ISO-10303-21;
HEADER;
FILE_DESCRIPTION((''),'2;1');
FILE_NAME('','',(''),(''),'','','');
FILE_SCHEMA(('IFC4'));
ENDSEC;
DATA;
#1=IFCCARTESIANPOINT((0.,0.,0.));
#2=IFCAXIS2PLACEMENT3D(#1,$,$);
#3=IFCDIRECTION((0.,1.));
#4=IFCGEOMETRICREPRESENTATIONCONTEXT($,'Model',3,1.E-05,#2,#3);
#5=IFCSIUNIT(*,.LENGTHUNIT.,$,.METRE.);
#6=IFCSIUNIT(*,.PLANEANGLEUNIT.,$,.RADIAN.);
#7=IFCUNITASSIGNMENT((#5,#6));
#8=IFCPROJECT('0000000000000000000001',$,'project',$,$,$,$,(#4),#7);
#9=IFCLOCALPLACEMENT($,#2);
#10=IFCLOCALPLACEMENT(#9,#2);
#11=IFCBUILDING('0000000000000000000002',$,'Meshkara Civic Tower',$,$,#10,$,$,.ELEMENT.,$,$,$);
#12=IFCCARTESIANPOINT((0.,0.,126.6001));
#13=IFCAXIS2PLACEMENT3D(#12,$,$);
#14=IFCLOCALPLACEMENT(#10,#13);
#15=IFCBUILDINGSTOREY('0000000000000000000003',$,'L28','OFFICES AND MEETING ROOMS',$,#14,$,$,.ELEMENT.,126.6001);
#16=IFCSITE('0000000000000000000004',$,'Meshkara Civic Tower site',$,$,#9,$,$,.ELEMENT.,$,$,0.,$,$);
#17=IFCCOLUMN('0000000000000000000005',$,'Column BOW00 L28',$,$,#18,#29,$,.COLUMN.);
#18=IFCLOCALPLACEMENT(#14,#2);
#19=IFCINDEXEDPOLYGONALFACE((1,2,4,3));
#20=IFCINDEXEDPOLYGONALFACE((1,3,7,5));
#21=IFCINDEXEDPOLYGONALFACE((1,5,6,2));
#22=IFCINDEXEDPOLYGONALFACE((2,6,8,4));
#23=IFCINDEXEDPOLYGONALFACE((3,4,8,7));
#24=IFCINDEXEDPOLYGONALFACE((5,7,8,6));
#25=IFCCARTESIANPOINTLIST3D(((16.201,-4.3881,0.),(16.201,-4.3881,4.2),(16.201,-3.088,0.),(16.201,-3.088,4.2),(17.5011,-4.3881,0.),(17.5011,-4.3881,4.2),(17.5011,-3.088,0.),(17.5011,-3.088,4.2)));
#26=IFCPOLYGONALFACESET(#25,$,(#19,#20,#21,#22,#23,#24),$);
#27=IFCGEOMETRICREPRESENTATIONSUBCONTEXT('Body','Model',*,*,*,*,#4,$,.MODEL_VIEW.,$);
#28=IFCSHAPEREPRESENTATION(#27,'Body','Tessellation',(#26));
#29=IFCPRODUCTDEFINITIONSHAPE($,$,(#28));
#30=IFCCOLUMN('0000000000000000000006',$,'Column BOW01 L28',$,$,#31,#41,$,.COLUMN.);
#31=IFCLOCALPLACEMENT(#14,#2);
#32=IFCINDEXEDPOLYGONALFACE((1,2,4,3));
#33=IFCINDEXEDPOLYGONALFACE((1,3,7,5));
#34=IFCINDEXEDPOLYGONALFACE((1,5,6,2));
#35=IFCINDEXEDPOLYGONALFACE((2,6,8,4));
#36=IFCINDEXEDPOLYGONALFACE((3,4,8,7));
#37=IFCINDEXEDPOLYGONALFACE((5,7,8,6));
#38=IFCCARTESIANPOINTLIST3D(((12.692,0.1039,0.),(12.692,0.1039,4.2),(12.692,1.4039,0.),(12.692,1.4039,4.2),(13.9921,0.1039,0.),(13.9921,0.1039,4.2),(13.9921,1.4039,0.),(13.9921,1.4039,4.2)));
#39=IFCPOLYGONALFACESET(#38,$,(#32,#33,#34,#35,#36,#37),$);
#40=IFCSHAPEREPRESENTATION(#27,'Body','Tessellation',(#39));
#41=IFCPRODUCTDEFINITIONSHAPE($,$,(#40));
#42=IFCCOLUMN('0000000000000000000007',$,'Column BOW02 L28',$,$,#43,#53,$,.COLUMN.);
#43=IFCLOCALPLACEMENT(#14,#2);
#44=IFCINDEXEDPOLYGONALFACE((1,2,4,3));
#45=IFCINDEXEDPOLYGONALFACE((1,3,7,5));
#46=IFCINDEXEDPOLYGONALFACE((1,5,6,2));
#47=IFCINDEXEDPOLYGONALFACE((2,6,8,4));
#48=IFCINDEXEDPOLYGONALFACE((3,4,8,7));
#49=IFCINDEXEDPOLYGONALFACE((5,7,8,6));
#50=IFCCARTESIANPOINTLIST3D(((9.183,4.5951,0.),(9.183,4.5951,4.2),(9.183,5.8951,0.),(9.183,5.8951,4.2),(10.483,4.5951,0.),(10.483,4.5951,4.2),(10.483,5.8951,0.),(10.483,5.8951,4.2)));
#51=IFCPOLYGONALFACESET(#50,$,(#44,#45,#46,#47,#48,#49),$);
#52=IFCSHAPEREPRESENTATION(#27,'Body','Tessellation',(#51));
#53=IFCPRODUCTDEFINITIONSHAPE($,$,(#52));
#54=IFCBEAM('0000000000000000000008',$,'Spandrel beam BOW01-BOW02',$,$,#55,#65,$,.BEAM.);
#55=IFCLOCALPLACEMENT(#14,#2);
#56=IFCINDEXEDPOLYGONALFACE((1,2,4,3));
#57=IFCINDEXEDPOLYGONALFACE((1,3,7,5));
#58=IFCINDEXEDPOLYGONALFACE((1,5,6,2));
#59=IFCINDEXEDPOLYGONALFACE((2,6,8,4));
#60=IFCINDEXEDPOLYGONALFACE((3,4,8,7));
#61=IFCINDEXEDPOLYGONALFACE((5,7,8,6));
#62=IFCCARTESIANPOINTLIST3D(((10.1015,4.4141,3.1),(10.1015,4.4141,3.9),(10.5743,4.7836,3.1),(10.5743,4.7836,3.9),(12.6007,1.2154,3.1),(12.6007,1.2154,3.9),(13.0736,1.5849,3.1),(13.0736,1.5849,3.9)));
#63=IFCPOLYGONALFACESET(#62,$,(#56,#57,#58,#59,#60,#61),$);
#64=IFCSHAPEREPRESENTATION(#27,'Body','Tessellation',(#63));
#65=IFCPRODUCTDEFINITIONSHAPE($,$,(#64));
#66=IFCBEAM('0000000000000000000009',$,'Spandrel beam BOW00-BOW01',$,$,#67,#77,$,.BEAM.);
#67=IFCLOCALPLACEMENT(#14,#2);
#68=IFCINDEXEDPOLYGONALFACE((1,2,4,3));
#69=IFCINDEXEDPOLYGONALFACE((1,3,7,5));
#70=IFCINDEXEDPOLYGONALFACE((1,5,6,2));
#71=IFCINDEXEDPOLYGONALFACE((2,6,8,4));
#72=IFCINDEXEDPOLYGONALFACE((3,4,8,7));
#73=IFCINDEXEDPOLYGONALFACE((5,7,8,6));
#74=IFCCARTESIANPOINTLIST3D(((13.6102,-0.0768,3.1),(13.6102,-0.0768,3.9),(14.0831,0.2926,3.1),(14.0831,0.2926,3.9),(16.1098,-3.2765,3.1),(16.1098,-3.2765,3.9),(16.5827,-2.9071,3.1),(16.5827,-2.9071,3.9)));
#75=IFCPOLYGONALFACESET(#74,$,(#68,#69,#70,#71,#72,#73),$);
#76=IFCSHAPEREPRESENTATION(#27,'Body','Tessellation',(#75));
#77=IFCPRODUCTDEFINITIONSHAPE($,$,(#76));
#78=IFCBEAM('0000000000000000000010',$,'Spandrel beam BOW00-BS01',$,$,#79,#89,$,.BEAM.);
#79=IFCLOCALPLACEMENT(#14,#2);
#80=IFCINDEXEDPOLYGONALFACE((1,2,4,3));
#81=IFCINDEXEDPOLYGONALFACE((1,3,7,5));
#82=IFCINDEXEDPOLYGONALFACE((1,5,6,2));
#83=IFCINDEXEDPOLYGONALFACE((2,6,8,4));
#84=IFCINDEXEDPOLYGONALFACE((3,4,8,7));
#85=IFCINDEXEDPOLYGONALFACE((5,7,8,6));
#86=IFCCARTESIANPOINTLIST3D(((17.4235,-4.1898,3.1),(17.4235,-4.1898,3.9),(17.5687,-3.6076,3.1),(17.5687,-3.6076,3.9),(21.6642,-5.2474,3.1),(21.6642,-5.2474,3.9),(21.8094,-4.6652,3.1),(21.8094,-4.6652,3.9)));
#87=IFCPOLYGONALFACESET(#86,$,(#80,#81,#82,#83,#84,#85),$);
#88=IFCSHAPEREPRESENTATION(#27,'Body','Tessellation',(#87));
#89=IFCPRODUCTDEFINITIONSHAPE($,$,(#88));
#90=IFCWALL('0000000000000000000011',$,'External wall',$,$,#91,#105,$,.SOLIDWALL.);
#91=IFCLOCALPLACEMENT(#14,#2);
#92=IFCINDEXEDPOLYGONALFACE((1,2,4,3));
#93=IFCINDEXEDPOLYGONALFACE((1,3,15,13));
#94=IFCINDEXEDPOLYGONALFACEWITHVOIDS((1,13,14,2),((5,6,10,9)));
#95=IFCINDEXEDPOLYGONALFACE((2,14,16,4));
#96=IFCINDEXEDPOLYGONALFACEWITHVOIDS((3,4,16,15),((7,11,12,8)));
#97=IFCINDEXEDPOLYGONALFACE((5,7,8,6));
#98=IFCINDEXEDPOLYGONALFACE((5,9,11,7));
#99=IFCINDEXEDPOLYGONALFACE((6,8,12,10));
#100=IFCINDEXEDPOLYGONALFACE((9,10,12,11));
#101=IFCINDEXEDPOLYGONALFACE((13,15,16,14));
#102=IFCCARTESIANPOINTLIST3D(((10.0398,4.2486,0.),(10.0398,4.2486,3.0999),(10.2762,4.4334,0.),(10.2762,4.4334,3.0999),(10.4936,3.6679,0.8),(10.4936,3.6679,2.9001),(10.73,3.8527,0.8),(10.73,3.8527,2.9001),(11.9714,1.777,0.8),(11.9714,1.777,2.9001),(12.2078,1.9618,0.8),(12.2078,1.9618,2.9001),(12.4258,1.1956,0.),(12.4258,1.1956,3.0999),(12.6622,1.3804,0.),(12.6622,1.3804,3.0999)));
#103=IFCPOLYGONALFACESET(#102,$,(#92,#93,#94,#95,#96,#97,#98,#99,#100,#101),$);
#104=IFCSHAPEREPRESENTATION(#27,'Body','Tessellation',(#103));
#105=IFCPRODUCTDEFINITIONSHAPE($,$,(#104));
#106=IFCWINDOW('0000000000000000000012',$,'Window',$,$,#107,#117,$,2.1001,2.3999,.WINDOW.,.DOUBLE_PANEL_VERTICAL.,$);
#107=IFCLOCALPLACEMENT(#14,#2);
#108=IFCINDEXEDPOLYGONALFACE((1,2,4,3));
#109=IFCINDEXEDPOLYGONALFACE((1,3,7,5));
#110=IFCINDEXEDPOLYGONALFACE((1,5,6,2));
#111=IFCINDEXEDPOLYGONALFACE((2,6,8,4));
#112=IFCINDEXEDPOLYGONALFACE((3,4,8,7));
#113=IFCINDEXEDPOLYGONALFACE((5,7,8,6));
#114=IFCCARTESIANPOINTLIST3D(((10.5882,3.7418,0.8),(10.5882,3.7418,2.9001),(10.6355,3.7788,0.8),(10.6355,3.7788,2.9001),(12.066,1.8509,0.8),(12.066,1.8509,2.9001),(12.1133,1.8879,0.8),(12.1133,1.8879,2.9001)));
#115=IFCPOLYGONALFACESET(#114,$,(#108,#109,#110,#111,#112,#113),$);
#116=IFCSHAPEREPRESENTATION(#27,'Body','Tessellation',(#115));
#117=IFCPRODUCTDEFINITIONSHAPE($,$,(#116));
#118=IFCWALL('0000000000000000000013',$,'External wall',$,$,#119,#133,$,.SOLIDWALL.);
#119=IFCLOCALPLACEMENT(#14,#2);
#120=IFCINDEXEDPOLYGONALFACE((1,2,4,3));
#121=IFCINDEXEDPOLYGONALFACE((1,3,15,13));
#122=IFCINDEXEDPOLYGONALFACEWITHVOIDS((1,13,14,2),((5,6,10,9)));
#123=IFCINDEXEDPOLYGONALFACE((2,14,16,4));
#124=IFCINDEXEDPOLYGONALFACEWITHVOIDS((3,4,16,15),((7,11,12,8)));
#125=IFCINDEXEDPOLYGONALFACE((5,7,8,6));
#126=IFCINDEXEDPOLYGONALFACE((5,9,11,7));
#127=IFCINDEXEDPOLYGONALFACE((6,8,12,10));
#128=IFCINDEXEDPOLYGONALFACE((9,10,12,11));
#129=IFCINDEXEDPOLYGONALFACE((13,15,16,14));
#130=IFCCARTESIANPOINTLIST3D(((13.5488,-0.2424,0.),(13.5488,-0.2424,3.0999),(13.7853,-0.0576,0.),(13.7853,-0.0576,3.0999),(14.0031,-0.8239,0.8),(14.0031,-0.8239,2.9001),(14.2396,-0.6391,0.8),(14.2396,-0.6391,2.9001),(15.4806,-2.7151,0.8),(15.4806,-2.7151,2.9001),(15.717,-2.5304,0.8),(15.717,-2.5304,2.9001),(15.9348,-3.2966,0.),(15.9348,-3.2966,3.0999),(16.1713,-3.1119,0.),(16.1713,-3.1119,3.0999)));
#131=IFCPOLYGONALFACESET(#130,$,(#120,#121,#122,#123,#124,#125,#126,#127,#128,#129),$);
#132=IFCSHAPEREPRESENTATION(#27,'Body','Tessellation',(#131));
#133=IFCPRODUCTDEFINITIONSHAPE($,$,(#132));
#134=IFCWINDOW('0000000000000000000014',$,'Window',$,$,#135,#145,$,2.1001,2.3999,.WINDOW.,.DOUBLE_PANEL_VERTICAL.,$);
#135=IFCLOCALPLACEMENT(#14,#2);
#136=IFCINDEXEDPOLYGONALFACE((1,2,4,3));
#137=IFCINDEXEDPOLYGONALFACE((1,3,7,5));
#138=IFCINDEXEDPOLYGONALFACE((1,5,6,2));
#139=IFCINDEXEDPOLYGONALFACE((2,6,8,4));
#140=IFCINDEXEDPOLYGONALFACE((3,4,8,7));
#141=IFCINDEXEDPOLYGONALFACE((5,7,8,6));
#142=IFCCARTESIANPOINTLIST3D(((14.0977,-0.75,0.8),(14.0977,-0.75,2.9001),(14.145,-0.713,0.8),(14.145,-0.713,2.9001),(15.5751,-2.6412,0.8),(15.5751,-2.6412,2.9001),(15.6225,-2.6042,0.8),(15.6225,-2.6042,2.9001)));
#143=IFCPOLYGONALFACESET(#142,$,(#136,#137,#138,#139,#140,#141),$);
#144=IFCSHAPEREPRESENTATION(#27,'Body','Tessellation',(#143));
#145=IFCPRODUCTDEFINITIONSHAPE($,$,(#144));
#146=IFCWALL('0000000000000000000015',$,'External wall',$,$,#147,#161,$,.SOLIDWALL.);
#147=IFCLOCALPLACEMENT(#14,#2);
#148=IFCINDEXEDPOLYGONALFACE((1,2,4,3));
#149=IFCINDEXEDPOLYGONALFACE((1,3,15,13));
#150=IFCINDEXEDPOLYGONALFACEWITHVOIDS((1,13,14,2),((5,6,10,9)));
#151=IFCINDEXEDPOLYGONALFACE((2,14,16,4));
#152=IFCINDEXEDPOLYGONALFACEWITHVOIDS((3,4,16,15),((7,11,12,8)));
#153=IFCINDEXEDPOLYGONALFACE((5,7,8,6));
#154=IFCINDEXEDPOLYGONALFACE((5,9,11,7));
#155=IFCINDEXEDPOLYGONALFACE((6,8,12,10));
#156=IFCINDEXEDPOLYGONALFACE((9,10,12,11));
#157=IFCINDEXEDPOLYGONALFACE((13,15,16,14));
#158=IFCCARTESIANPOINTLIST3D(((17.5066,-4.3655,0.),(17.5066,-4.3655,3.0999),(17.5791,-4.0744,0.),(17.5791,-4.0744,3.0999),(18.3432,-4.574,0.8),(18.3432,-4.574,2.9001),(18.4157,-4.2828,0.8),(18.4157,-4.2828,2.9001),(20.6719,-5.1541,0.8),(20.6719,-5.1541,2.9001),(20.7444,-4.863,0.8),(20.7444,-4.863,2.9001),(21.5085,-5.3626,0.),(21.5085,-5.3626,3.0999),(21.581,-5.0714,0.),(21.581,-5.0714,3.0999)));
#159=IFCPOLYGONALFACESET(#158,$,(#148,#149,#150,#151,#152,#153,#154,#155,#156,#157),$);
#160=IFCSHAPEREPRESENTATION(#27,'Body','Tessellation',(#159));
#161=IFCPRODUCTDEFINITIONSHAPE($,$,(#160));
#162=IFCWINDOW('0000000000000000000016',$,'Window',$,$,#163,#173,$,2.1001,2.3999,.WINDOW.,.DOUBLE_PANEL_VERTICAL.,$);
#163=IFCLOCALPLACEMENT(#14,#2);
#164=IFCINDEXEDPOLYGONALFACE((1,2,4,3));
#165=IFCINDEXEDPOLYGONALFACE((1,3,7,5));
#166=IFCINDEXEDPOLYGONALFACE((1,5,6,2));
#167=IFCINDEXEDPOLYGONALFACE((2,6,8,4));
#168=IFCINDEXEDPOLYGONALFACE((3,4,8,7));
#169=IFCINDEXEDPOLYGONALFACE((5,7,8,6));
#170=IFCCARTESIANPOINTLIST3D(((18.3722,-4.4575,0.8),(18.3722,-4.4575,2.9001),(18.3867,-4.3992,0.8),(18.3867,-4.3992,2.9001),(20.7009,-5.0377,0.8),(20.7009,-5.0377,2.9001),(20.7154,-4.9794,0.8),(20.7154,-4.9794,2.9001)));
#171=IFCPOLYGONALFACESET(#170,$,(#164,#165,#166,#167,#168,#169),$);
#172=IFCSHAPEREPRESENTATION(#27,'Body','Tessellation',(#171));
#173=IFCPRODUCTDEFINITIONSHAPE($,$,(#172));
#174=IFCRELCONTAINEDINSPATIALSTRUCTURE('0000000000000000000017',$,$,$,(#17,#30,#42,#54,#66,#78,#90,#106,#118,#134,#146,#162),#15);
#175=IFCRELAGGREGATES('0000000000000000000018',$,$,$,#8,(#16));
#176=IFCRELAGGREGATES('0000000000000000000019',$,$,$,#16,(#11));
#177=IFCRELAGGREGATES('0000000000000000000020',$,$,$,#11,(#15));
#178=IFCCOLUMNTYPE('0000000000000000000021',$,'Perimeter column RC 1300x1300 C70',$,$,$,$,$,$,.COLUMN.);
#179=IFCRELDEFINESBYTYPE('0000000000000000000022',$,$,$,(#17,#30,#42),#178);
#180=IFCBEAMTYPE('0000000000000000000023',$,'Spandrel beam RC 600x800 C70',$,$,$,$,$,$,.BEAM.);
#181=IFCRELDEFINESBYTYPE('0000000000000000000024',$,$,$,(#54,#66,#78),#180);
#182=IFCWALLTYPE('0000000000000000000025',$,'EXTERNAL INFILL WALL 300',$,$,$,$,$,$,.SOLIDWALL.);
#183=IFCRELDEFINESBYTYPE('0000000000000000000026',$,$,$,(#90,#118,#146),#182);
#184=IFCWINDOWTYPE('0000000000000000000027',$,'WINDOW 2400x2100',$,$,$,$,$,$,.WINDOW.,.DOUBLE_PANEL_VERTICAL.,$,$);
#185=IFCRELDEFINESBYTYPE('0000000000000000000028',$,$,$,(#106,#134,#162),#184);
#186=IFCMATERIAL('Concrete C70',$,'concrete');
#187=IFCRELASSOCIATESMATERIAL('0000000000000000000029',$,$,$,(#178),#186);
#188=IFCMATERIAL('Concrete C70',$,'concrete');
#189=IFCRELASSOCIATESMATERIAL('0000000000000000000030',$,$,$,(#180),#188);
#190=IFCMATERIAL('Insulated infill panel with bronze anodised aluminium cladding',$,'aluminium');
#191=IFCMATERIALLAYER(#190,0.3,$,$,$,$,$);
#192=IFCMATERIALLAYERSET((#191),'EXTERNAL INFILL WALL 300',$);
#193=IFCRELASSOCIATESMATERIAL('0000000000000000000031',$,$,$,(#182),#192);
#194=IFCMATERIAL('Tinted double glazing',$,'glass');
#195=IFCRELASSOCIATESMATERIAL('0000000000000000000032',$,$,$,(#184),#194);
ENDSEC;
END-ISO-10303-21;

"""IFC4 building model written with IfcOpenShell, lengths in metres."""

from ifc_helpers import new_model, si_unit, direction, frame, frame_2d, origin, origin_2d, place, context, subcontext, project, spatial, rectangle, extrude, material, layer, layer_set, material_profile, profile_set, type_object, element, fill, save


model = new_model("IFC4")

# Units and contexts
model_context = context("Model", 3, precision=1e-05, world=origin(), true_north=direction((0.0, 1.0)))
body_context = subcontext(model_context, "Body", "Model", "MODEL_VIEW")
ifc_project = project(units=[si_unit("LENGTHUNIT", "METRE"), si_unit("PLANEANGLEUNIT", "RADIAN")], contexts=[model_context])

# Site, building, storey
site_placement = place(None, origin())
site = spatial("IfcSite", under=ifc_project, at=site_placement, Name="Meshkara Civic Tower site", CompositionType="ELEMENT", RefElevation=0.0)
building_placement = place(site_placement, origin())
building = spatial("IfcBuilding", under=site, at=building_placement, Name="Meshkara Civic Tower", CompositionType="ELEMENT")
storey_placement = place(building_placement, frame((0.0, 0.0, 126.6001)))
storey = spatial("IfcBuildingStorey", under=building, at=storey_placement, Name="L28", Description="OFFICES AND MEETING ROOMS", CompositionType="ELEMENT", Elevation=126.6001)

# Columns
ifc_material_1 = material(Name="Concrete C70", Category="concrete")
ifc_material_profile_1 = material_profile(ifc_material_1, rectangle(XDim=1.3, YDim=1.3, at=origin_2d()))
ifc_profile_set_1 = profile_set([ifc_material_profile_1], Name="Concrete C70")
column_type = type_object("IfcColumnType", Name="Perimeter column RC 1300x1300 C70", PredefinedType="COLUMN", material=ifc_profile_set_1)
for number, where, z_axis, x_axis, name in (
    (1, (16.8511, -3.738, 0.0), (0.0, 0.0, 1.0), (1.0, 0.0, 0.0), "Column BOW00 L28"),
    (2, (13.342, 0.7539, 0.0), (0.0, 0.0, 1.0), (1.0, 0.0, 0.0), "Column BOW01 L28"),
    (3, (9.833, 5.2451, 0.0), (0.0, 0.0, 1.0), (1.0, 0.0, 0.0), "Column BOW02 L28"),
):
    element("IfcColumn", number, at=place(storey_placement, frame(where, z_axis=z_axis, x_axis=x_axis)), inside=storey, type_object=column_type, Name=name, PredefinedType="COLUMN", context=body_context, shape_type="SweptSolid", body=[
        extrude(rectangle(XDim=1.3, YDim=1.3, at=origin_2d()), origin(), (0.0, 0.0, 1.0), 4.2),
    ])

# Beams
ifc_material_2 = material(Name="Concrete C70", Category="concrete")
ifc_material_profile_2 = material_profile(ifc_material_2, rectangle(XDim=0.6001, YDim=0.8, at=origin_2d()))
ifc_profile_set_2 = profile_set([ifc_material_profile_2], Name="Concrete C70")
beam_type = type_object("IfcBeamType", Name="Spandrel beam RC 600x800 C70", PredefinedType="BEAM", material=ifc_profile_set_2)
beam_1_placement = place(storey_placement, frame((10.3379, 4.5989, 3.5), z_axis=(0.615684, -0.787993, 0.0), x_axis=(0.787993, 0.615684, 0.0)))
element("IfcBeam", 4, at=beam_1_placement, inside=storey, type_object=beam_type, Name="Spandrel beam BOW01-BOW02", PredefinedType="BEAM", context=body_context, shape_type="SweptSolid", body=[
    extrude(rectangle(XDim=0.6001, YDim=0.8, at=origin_2d()), origin(), (0.0, 0.0, 1.0), 4.0593),
])
beam_2_placement = place(storey_placement, frame((13.8467, 0.1079, 3.5), z_axis=(0.615604, -0.788055, 0.0), x_axis=(0.788055, 0.615604, 0.0)))
element("IfcBeam", 5, at=beam_2_placement, inside=storey, type_object=beam_type, Name="Spandrel beam BOW00-BOW01", PredefinedType="BEAM", context=body_context, shape_type="SweptSolid", body=[
    extrude(rectangle(XDim=0.6001, YDim=0.8, at=origin_2d()), origin(), (0.0, 0.0, 1.0), 4.0603),
])
beam_3_placement = place(storey_placement, frame((17.4961, -3.8987, 3.5), z_axis=(0.97028, -0.241984, 0.0), x_axis=(0.241984, 0.97028, 0.0)))
element("IfcBeam", 6, at=beam_3_placement, inside=storey, type_object=beam_type, Name="Spandrel beam BOW00-BS01", PredefinedType="BEAM", context=body_context, shape_type="SweptSolid", body=[
    extrude(rectangle(XDim=0.6001, YDim=0.8, at=origin_2d()), origin(), (0.0, 0.0, 1.0), 4.3706),
])

# Walls, openings, windows
ifc_material_3 = material(Name="Insulated infill panel with bronze anodised aluminium cladding", Category="aluminium")
ifc_layer_1 = layer(ifc_material_3, 0.3)
ifc_layer_set_1 = layer_set([ifc_layer_1], Name="EXTERNAL INFILL WALL 300")
wall_type_1 = type_object("IfcWallType", Name="EXTERNAL INFILL WALL 300", PredefinedType="SOLIDWALL", material=ifc_layer_set_1)
wall_1_placement = place(storey_placement, frame((10.158, 4.3411, 0.0), z_axis=(0.0, 0.0, 1.0), x_axis=(0.61578, -0.787918, 0.0)))
wall_1 = element("IfcWall", 7, at=wall_1_placement, inside=storey, type_object=wall_type_1, Name="External wall", PredefinedType="SOLIDWALL", context=body_context, shape_type="SweptSolid", body=[
    extrude(rectangle(XDim=3.8748, YDim=0.3, at=frame_2d((1.9375, 0.0))), origin(), (0.0, 0.0, 1.0), 3.0999),
])
opening_1_placement = place(wall_1_placement, frame((0.7371, 0.0, 0.8)))
opening_1 = element("IfcOpeningElement", 8, at=opening_1_placement, cuts=wall_1, PredefinedType="OPENING", context=body_context, shape_type="SweptSolid", body=[
    extrude(rectangle(XDim=2.3999, YDim=2.1001, at=frame_2d((1.2, 1.05))), frame((0.0, 0.1599, 0.0), z_axis=(0.0, -1.0, 0.0), x_axis=(1.0, 0.0, 0.0)), (0.0, 0.0, 1.0), 0.3201),
])
ifc_material_4 = material(Name="Tinted double glazing", Category="glass")
window_type = type_object("IfcWindowType", Name="WINDOW 2400x2100", PartitioningType="DOUBLE_PANEL_VERTICAL", PredefinedType="WINDOW", material=ifc_material_4)
window_1_placement = place(opening_1_placement, origin())
window_1 = element("IfcWindow", 9, at=window_1_placement, inside=storey, type_object=window_type, Name="Window", OverallHeight=2.1001, OverallWidth=2.3999, PartitioningType="DOUBLE_PANEL_VERTICAL", PredefinedType="WINDOW", context=body_context, shape_type="SweptSolid", body=[
    extrude(rectangle(XDim=2.3999, YDim=2.1001, at=frame_2d((1.2, 1.05))), frame((0.0, 0.03, 0.0), z_axis=(0.0, -1.0, 0.0), x_axis=(1.0, 0.0, 0.0)), (0.0, 0.0, 1.0), 0.0601),
])
fill(opening_1, window_1)
wall_2_placement = place(storey_placement, frame((13.667, -0.1499, 0.0), z_axis=(0.0, 0.0, 1.0), x_axis=(0.615627, -0.788038, 0.0)))
wall_2 = element("IfcWall", 10, at=wall_2_placement, inside=storey, type_object=wall_type_1, Name="External wall", PredefinedType="SOLIDWALL", context=body_context, shape_type="SweptSolid", body=[
    extrude(rectangle(XDim=3.8757, YDim=0.3, at=frame_2d((1.938, 0.0))), origin(), (0.0, 0.0, 1.0), 3.0999),
])
opening_2_placement = place(wall_2_placement, frame((0.738, 0.0, 0.8)))
opening_2 = element("IfcOpeningElement", 11, at=opening_2_placement, cuts=wall_2, PredefinedType="OPENING", context=body_context, shape_type="SweptSolid", body=[
    extrude(rectangle(XDim=2.3999, YDim=2.1001, at=frame_2d((1.2, 1.05))), frame((0.0, 0.1599, 0.0), z_axis=(0.0, -1.0, 0.0), x_axis=(1.0, 0.0, 0.0)), (0.0, 0.0, 1.0), 0.3201),
])
window_2_placement = place(opening_2_placement, origin())
window_2 = element("IfcWindow", 12, at=window_2_placement, inside=storey, type_object=window_type, Name="Window", OverallHeight=2.1001, OverallWidth=2.3999, PartitioningType="DOUBLE_PANEL_VERTICAL", PredefinedType="WINDOW", context=body_context, shape_type="SweptSolid", body=[
    extrude(rectangle(XDim=2.3999, YDim=2.1001, at=frame_2d((1.2, 1.05))), frame((0.0, 0.03, 0.0), z_axis=(0.0, -1.0, 0.0), x_axis=(1.0, 0.0, 0.0)), (0.0, 0.0, 1.0), 0.0601),
])
fill(opening_2, window_2)
wall_3_placement = place(storey_placement, frame((17.543, -4.22, 0.0), z_axis=(0.0, 0.0, 1.0), x_axis=(0.970337, -0.241756, 0.0)))
wall_3 = element("IfcWall", 13, at=wall_3_placement, inside=storey, type_object=wall_type_1, Name="External wall", PredefinedType="SOLIDWALL", context=body_context, shape_type="SweptSolid", body=[
    extrude(rectangle(XDim=4.1243, YDim=0.3, at=frame_2d((2.062, 0.0))), origin(), (0.0, 0.0, 1.0), 3.0999),
])
opening_3_placement = place(wall_3_placement, frame((0.8621, 0.0, 0.8)))
opening_3 = element("IfcOpeningElement", 14, at=opening_3_placement, cuts=wall_3, PredefinedType="OPENING", context=body_context, shape_type="SweptSolid", body=[
    extrude(rectangle(XDim=2.3999, YDim=2.1001, at=frame_2d((1.2, 1.05))), frame((0.0, 0.1599, 0.0), z_axis=(0.0, -1.0, 0.0), x_axis=(1.0, 0.0, 0.0)), (0.0, 0.0, 1.0), 0.3201),
])
window_3_placement = place(opening_3_placement, origin())
window_3 = element("IfcWindow", 15, at=window_3_placement, inside=storey, type_object=window_type, Name="Window", OverallHeight=2.1001, OverallWidth=2.3999, PartitioningType="DOUBLE_PANEL_VERTICAL", PredefinedType="WINDOW", context=body_context, shape_type="SweptSolid", body=[
    extrude(rectangle(XDim=2.3999, YDim=2.1001, at=frame_2d((1.2, 1.05))), frame((0.0, 0.03, 0.0), z_axis=(0.0, -1.0, 0.0), x_axis=(1.0, 0.0, 0.0)), (0.0, 0.0, 1.0), 0.0601),
])
fill(opening_3, window_3)

save(model, "model.ifc")
